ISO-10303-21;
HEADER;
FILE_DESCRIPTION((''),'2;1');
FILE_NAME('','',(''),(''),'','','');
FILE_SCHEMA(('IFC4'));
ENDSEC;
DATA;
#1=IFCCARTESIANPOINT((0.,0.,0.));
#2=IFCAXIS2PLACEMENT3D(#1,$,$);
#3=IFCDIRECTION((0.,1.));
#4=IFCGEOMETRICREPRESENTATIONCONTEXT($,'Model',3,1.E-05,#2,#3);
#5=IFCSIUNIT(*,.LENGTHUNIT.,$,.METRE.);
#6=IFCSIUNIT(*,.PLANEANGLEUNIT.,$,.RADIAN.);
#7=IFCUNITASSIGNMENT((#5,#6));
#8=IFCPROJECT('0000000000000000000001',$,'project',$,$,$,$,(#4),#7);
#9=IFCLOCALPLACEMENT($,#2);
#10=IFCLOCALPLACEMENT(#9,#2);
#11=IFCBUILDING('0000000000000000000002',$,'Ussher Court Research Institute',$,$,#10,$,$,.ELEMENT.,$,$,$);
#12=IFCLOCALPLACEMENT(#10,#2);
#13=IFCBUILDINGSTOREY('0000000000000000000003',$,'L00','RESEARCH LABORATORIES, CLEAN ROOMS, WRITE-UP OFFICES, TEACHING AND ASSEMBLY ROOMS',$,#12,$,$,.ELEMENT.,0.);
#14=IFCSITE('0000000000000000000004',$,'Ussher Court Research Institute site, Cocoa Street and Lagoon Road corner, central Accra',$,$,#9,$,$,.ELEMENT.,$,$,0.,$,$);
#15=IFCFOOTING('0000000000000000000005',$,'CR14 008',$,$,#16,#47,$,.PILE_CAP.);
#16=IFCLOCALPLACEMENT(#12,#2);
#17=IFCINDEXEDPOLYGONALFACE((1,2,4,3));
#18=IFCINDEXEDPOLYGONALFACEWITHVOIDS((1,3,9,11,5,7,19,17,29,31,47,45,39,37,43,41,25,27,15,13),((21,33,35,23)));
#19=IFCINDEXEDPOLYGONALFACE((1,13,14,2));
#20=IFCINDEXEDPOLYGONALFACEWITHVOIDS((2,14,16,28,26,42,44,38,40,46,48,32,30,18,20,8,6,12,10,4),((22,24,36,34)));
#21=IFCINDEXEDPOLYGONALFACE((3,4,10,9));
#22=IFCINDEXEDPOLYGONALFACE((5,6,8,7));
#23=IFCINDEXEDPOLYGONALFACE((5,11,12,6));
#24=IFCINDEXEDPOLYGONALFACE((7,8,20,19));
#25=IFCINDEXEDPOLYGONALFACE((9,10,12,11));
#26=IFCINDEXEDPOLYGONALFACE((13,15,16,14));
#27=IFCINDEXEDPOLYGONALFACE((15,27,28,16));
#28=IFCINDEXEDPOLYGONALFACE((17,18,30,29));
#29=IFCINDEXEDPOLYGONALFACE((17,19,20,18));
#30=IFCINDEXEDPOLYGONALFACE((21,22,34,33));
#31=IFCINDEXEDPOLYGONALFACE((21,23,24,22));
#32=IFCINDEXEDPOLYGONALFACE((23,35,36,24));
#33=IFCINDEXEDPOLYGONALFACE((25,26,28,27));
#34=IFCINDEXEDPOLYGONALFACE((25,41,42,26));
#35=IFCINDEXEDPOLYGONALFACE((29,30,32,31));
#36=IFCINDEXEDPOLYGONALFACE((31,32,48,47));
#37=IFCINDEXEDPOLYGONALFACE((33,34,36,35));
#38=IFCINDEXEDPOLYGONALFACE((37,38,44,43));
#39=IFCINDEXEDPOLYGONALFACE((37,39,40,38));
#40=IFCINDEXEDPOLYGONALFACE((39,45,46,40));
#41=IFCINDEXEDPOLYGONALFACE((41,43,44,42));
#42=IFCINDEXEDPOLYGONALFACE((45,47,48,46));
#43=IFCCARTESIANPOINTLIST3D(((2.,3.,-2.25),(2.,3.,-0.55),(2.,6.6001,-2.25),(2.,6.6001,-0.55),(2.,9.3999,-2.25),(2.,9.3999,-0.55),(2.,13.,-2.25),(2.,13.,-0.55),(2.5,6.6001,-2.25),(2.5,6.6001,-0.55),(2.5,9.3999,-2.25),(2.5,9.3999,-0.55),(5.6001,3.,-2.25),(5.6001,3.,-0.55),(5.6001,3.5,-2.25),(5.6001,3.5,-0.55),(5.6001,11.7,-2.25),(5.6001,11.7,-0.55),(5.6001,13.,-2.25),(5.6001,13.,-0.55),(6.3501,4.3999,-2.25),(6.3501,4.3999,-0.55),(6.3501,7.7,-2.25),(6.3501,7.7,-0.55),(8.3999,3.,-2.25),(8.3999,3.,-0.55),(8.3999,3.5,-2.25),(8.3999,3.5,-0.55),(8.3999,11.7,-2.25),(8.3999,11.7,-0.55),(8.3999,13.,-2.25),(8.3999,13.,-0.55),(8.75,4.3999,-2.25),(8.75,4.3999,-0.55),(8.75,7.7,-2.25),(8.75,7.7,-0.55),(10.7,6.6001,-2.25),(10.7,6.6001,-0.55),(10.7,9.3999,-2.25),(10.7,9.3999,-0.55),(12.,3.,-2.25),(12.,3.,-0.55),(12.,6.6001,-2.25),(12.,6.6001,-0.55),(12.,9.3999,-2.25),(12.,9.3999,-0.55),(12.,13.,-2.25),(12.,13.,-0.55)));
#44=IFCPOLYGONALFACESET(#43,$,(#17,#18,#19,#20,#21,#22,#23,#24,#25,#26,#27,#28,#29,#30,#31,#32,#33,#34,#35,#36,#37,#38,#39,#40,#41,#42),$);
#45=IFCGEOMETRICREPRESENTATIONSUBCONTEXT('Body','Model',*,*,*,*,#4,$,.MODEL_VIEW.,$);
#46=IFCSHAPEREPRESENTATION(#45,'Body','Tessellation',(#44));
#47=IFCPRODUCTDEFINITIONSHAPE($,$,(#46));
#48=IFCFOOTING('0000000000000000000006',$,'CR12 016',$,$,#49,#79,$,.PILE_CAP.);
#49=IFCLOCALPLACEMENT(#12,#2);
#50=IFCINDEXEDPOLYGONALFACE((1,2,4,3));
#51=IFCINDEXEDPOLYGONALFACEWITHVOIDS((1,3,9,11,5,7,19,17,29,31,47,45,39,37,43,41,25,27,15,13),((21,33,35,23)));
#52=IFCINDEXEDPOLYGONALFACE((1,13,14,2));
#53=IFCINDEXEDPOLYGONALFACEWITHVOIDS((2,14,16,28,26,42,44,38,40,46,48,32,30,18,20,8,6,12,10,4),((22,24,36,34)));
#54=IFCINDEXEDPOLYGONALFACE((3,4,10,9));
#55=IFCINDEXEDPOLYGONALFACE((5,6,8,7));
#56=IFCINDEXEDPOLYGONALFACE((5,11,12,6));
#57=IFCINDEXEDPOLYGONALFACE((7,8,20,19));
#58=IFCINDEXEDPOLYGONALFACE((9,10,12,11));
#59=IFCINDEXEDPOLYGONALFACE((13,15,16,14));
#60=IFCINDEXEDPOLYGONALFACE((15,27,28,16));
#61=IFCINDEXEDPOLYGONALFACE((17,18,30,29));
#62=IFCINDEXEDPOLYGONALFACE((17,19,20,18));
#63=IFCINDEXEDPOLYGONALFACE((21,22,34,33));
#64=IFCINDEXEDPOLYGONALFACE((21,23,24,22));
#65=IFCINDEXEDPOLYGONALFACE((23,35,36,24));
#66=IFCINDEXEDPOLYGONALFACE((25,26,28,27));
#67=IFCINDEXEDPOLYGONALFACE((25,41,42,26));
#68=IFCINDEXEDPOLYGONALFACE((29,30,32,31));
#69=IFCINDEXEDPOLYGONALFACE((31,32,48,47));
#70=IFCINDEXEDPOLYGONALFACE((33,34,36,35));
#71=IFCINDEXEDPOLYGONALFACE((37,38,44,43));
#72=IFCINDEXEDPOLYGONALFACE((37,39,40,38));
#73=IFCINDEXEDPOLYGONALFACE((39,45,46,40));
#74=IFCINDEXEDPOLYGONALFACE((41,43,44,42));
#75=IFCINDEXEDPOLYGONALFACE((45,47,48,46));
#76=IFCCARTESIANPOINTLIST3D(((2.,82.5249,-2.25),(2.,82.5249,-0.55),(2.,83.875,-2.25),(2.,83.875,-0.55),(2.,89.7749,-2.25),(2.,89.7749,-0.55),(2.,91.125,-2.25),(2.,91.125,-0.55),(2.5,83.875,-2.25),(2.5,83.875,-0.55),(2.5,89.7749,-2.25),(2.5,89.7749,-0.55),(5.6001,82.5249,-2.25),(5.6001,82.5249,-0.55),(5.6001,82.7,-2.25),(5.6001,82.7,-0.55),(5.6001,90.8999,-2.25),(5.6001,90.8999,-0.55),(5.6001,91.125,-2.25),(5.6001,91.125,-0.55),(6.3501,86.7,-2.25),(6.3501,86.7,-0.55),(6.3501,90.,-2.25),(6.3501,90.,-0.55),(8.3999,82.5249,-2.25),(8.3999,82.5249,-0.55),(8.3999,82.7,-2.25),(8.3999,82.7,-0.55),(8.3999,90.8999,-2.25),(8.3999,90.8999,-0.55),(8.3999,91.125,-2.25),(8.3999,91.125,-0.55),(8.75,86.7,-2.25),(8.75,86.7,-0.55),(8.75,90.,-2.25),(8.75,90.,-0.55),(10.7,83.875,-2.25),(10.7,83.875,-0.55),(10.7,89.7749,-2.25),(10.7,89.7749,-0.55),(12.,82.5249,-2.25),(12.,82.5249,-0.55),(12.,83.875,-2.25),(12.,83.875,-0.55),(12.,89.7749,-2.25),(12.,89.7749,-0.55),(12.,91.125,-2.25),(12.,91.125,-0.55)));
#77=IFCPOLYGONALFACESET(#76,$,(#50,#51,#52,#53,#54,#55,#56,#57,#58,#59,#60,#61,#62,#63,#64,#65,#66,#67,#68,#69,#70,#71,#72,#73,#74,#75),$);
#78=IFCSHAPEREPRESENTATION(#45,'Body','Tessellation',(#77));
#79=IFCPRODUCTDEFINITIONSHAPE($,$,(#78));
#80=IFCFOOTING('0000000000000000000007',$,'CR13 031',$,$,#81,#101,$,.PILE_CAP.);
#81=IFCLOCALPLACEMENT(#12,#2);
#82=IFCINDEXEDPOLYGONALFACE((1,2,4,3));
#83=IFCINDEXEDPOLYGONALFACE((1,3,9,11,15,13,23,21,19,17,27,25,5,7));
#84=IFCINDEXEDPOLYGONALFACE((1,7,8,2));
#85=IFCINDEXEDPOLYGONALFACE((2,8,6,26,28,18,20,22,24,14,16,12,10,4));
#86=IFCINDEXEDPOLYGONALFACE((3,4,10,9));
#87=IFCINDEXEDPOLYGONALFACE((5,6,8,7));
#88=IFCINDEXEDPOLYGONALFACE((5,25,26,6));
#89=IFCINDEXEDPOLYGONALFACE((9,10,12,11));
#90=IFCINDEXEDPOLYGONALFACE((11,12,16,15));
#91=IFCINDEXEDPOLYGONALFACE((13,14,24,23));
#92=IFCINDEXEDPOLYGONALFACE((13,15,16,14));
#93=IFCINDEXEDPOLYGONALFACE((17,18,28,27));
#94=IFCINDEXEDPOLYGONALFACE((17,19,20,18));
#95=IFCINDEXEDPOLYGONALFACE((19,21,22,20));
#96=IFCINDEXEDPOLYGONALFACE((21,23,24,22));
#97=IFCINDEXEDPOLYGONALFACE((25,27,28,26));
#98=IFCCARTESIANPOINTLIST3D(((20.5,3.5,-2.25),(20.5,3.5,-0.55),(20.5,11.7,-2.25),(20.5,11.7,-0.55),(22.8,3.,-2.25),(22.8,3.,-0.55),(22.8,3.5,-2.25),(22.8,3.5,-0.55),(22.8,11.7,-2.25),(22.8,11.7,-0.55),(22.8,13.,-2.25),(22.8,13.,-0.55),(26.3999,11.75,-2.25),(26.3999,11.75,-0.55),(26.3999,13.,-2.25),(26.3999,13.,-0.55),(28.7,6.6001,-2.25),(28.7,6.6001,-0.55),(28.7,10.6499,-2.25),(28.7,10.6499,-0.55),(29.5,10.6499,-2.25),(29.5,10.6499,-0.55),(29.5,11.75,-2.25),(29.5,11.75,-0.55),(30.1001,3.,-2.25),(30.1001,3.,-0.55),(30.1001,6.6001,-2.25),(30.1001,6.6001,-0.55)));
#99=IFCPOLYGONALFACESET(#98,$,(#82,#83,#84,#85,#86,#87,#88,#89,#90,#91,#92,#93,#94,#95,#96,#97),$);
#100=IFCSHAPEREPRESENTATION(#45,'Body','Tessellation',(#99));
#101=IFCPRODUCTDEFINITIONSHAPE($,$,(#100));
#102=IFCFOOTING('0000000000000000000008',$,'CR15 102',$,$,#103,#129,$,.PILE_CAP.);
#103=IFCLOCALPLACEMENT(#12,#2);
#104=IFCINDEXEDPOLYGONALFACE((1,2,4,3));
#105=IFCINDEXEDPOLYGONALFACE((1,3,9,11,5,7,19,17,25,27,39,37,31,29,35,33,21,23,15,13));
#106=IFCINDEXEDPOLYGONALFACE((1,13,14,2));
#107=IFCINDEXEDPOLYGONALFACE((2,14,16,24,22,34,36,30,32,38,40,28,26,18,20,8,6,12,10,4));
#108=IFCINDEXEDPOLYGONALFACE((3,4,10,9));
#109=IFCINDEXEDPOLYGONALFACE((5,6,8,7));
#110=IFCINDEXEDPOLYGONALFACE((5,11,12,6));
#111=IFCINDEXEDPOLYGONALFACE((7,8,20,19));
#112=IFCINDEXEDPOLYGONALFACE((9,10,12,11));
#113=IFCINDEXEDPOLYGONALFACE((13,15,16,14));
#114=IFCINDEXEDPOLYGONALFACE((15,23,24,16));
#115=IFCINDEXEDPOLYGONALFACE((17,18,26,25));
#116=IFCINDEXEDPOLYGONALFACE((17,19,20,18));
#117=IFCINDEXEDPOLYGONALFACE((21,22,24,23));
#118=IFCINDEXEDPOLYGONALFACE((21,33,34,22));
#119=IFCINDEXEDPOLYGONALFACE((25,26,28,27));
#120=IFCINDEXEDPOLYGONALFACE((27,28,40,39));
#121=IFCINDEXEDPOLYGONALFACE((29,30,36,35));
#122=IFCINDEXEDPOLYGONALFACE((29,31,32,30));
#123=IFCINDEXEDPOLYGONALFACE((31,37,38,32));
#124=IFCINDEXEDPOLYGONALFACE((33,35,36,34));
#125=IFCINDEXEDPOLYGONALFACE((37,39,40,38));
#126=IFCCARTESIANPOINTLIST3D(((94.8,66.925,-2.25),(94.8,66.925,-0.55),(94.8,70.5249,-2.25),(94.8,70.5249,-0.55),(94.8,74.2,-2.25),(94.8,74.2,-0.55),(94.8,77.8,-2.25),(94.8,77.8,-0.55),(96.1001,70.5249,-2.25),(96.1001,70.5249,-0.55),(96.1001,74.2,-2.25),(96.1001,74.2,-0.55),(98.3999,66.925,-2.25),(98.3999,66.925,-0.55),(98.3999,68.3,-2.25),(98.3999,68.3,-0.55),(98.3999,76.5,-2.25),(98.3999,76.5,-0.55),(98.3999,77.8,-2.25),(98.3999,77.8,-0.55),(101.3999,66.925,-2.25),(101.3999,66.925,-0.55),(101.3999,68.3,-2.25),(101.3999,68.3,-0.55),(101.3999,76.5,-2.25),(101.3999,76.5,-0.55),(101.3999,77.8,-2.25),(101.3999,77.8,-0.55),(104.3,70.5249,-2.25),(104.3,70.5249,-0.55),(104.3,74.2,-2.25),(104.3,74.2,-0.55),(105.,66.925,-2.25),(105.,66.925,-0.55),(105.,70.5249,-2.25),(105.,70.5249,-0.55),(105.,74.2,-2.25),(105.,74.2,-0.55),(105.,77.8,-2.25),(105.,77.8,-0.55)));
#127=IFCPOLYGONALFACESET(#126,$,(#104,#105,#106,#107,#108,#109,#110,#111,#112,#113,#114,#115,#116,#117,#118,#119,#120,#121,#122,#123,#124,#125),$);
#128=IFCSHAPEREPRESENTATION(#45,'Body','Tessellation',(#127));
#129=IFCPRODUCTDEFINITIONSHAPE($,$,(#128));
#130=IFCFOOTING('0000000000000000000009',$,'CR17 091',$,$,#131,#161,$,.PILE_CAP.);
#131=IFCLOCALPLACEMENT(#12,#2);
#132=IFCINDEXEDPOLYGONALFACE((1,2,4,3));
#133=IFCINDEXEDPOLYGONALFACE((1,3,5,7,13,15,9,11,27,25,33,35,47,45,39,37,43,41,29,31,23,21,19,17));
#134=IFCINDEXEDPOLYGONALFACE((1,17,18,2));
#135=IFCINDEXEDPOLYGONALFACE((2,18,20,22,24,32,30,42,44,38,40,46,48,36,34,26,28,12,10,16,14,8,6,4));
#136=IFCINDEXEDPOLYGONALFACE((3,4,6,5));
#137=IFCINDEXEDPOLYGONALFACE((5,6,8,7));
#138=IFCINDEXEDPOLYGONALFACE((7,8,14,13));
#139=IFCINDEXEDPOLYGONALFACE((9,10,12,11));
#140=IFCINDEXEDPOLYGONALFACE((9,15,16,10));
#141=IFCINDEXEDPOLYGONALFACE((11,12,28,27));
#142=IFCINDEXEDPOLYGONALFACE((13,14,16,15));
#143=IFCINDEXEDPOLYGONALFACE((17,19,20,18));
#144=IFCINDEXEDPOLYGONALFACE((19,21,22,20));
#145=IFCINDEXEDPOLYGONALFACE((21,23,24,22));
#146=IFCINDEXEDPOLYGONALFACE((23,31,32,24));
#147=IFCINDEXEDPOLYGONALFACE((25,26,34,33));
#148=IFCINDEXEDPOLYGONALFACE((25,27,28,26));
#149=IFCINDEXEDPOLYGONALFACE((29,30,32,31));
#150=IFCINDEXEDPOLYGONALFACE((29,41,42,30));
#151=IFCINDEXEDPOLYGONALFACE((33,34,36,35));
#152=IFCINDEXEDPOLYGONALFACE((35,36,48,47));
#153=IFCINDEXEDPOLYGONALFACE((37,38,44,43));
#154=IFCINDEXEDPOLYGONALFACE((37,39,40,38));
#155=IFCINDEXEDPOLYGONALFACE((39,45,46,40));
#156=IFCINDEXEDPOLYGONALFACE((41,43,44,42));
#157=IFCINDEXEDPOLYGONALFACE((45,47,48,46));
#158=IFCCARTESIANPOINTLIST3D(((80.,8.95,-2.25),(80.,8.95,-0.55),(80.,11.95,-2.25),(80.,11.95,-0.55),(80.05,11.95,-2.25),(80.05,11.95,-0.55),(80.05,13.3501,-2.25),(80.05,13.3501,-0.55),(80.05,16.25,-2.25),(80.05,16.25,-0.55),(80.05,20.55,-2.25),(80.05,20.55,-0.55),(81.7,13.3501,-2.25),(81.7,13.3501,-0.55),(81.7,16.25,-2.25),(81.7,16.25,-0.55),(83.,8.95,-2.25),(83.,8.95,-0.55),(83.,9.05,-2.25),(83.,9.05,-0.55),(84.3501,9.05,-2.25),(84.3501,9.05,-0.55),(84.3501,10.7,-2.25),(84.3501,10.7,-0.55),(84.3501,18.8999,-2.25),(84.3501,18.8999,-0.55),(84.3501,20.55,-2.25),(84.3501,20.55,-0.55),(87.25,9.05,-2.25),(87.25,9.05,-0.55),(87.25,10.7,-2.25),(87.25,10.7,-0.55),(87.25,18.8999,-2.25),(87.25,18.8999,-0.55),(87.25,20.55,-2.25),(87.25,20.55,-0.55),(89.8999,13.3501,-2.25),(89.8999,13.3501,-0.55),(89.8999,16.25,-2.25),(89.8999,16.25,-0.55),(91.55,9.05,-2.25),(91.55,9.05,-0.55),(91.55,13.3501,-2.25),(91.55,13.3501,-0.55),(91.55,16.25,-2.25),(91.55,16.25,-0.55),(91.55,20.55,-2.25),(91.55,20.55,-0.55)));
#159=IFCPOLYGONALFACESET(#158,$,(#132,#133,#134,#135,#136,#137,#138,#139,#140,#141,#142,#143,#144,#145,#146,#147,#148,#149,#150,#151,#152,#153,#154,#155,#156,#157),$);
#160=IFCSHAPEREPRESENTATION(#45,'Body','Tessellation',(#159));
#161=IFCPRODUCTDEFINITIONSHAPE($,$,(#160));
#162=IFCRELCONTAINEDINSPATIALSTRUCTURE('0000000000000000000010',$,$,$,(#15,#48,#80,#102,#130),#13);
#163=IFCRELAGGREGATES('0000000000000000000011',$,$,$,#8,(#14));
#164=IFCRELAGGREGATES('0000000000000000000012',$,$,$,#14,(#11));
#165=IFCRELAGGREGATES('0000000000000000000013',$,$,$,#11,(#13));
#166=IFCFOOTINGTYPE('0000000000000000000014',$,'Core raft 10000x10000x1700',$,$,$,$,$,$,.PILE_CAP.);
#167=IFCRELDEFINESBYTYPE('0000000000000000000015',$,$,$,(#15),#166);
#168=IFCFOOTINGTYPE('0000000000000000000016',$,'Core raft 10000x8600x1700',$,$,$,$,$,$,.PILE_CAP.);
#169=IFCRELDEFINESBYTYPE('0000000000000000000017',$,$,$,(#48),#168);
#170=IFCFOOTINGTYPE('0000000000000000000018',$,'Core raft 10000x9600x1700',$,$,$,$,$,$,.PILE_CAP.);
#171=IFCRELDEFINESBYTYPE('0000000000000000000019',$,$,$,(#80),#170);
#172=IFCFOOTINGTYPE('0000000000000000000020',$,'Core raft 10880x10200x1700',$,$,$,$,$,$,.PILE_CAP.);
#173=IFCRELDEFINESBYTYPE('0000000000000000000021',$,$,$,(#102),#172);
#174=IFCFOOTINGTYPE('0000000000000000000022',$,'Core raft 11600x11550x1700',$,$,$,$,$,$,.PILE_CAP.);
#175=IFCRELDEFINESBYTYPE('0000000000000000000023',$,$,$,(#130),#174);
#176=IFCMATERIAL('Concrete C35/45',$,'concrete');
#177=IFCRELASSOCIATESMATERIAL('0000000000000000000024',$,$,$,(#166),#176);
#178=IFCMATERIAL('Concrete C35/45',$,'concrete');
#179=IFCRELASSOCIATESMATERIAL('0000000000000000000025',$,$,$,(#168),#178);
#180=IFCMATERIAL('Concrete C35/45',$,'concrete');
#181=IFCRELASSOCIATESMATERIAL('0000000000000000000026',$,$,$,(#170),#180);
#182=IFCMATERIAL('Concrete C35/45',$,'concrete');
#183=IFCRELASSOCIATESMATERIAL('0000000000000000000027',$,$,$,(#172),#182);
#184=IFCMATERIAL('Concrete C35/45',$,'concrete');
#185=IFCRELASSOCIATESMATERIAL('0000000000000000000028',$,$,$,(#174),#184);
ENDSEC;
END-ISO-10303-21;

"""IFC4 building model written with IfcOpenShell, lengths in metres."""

from ifc_helpers import new_model, si_unit, direction, frame, origin, place, context, subcontext, project, spatial, polyline, outline, extrude, material, type_object, element, save


model = new_model("IFC4")

# Units and contexts
model_context = context("Model", 3, precision=1e-05, world=origin(), true_north=direction((0.0, 1.0)))
body_context = subcontext(model_context, "Body", "Model", "MODEL_VIEW")
ifc_project = project(units=[si_unit("LENGTHUNIT", "METRE"), si_unit("PLANEANGLEUNIT", "RADIAN")], contexts=[model_context])

# Site, building, storey
site_placement = place(None, origin())
site = spatial("IfcSite", under=ifc_project, at=site_placement, Name="Ussher Court Research Institute site, Cocoa Street and Lagoon Road corner, central Accra", CompositionType="ELEMENT", RefElevation=0.0)
building_placement = place(site_placement, origin())
building = spatial("IfcBuilding", under=site, at=building_placement, Name="Ussher Court Research Institute", CompositionType="ELEMENT")
storey_placement = place(building_placement, origin())
storey = spatial("IfcBuildingStorey", under=building, at=storey_placement, Name="L00", Description="RESEARCH LABORATORIES, CLEAN ROOMS, WRITE-UP OFFICES, TEACHING AND ASSEMBLY ROOMS", CompositionType="ELEMENT", Elevation=0.0)

# Footings
ifc_material_1 = material(Name="Concrete C35/45", Category="concrete")
footing_type_1 = type_object("IfcFootingType", Name="Core raft 10000x10000x1700", PredefinedType="PILE_CAP", material=ifc_material_1)
footing_1_placement = place(storey_placement, frame((0.0, 0.0, -2.25)))
element("IfcFooting", 1, at=footing_1_placement, inside=storey, type_object=footing_type_1, Name="CR14 008", PredefinedType="PILE_CAP", context=body_context, shape_type="SweptSolid", body=[
    extrude(outline(polyline([(2.5, 9.3999), (2.5, 6.6001), (2.0, 6.6001), (2.0, 3.0), (5.6001, 3.0), (5.6001, 3.5), (8.3999, 3.5), (8.3999, 3.0), (12.0, 3.0), (12.0, 6.6001), (10.7, 6.6001), (10.7, 9.3999), (12.0, 9.3999), (12.0, 13.0), (8.3999, 13.0), (8.3999, 11.7), (5.6001, 11.7), (5.6001, 13.0), (2.0, 13.0), (2.0, 9.3999), (2.5, 9.3999)]), holes=[polyline([(8.75, 7.7), (8.75, 4.3999), (6.3501, 4.3999), (6.3501, 7.7), (8.75, 7.7)])]), origin(), (0.0, 0.0, 1.0), 1.7),
])
ifc_material_2 = material(Name="Concrete C35/45", Category="concrete")
footing_type_2 = type_object("IfcFootingType", Name="Core raft 10000x8600x1700", PredefinedType="PILE_CAP", material=ifc_material_2)
footing_2_placement = place(storey_placement, frame((0.0, 0.0, -2.25)))
element("IfcFooting", 2, at=footing_2_placement, inside=storey, type_object=footing_type_2, Name="CR12 016", PredefinedType="PILE_CAP", context=body_context, shape_type="SweptSolid", body=[
    extrude(outline(polyline([(2.5, 89.7749), (2.5, 83.875), (2.0, 83.875), (2.0, 82.5249), (5.6001, 82.5249), (5.6001, 82.7), (8.3999, 82.7), (8.3999, 82.5249), (12.0, 82.5249), (12.0, 83.875), (10.7, 83.875), (10.7, 89.7749), (12.0, 89.7749), (12.0, 91.125), (8.3999, 91.125), (8.3999, 90.8999), (5.6001, 90.8999), (5.6001, 91.125), (2.0, 91.125), (2.0, 89.7749), (2.5, 89.7749)]), holes=[polyline([(8.75, 90.0), (8.75, 86.7), (6.3501, 86.7), (6.3501, 90.0), (8.75, 90.0)])]), origin(), (0.0, 0.0, 1.0), 1.7),
])
ifc_material_3 = material(Name="Concrete C35/45", Category="concrete")
footing_type_3 = type_object("IfcFootingType", Name="Core raft 10000x9600x1700", PredefinedType="PILE_CAP", material=ifc_material_3)
footing_3_placement = place(storey_placement, frame((0.0, 0.0, -2.25)))
element("IfcFooting", 3, at=footing_3_placement, inside=storey, type_object=footing_type_3, Name="CR13 031", PredefinedType="PILE_CAP", context=body_context, shape_type="SweptSolid", body=[
    extrude(outline(polyline([(20.5, 3.5), (22.8, 3.5), (22.8, 3.0), (30.1001, 3.0), (30.1001, 6.6001), (28.7, 6.6001), (28.7, 10.6499), (29.5, 10.6499), (29.5, 11.75), (26.3999, 11.75), (26.3999, 13.0), (22.8, 13.0), (22.8, 11.7), (20.5, 11.7), (20.5, 3.5)])), origin(), (0.0, 0.0, 1.0), 1.7),
])
ifc_material_4 = material(Name="Concrete C35/45", Category="concrete")
footing_type_4 = type_object("IfcFootingType", Name="Core raft 10880x10200x1700", PredefinedType="PILE_CAP", material=ifc_material_4)
footing_4_placement = place(storey_placement, frame((0.0, 0.0, -2.25)))
element("IfcFooting", 4, at=footing_4_placement, inside=storey, type_object=footing_type_4, Name="CR15 102", PredefinedType="PILE_CAP", context=body_context, shape_type="SweptSolid", body=[
    extrude(outline(polyline([(96.1001, 70.5249), (94.8, 70.5249), (94.8, 66.925), (98.3999, 66.925), (98.3999, 68.3), (101.3999, 68.3), (101.3999, 66.925), (105.0, 66.925), (105.0, 70.5249), (104.3, 70.5249), (104.3, 74.2), (105.0, 74.2), (105.0, 77.8), (101.3999, 77.8), (101.3999, 76.5), (98.3999, 76.5), (98.3999, 77.8), (94.8, 77.8), (94.8, 74.2), (96.1001, 74.2), (96.1001, 70.5249)])), origin(), (0.0, 0.0, 1.0), 1.7),
])
ifc_material_5 = material(Name="Concrete C35/45", Category="concrete")
footing_type_5 = type_object("IfcFootingType", Name="Core raft 11600x11550x1700", PredefinedType="PILE_CAP", material=ifc_material_5)
footing_5_placement = place(storey_placement, frame((0.0, 0.0, -2.25)))
element("IfcFooting", 5, at=footing_5_placement, inside=storey, type_object=footing_type_5, Name="CR17 091", PredefinedType="PILE_CAP", context=body_context, shape_type="SweptSolid", body=[
    extrude(outline(polyline([(80.0, 11.95), (80.0, 8.95), (83.0, 8.95), (83.0, 9.05), (84.3501, 9.05), (84.3501, 10.7), (87.25, 10.7), (87.25, 9.05), (91.55, 9.05), (91.55, 13.3501), (89.8999, 13.3501), (89.8999, 16.25), (91.55, 16.25), (91.55, 20.55), (87.25, 20.55), (87.25, 18.8999), (84.3501, 18.8999), (84.3501, 20.55), (80.05, 20.55), (80.05, 16.25), (81.7, 16.25), (81.7, 13.3501), (80.05, 13.3501), (80.05, 11.95), (80.0, 11.95)])), origin(), (0.0, 0.0, 1.0), 1.7),
])

save(model, "model.ifc")
